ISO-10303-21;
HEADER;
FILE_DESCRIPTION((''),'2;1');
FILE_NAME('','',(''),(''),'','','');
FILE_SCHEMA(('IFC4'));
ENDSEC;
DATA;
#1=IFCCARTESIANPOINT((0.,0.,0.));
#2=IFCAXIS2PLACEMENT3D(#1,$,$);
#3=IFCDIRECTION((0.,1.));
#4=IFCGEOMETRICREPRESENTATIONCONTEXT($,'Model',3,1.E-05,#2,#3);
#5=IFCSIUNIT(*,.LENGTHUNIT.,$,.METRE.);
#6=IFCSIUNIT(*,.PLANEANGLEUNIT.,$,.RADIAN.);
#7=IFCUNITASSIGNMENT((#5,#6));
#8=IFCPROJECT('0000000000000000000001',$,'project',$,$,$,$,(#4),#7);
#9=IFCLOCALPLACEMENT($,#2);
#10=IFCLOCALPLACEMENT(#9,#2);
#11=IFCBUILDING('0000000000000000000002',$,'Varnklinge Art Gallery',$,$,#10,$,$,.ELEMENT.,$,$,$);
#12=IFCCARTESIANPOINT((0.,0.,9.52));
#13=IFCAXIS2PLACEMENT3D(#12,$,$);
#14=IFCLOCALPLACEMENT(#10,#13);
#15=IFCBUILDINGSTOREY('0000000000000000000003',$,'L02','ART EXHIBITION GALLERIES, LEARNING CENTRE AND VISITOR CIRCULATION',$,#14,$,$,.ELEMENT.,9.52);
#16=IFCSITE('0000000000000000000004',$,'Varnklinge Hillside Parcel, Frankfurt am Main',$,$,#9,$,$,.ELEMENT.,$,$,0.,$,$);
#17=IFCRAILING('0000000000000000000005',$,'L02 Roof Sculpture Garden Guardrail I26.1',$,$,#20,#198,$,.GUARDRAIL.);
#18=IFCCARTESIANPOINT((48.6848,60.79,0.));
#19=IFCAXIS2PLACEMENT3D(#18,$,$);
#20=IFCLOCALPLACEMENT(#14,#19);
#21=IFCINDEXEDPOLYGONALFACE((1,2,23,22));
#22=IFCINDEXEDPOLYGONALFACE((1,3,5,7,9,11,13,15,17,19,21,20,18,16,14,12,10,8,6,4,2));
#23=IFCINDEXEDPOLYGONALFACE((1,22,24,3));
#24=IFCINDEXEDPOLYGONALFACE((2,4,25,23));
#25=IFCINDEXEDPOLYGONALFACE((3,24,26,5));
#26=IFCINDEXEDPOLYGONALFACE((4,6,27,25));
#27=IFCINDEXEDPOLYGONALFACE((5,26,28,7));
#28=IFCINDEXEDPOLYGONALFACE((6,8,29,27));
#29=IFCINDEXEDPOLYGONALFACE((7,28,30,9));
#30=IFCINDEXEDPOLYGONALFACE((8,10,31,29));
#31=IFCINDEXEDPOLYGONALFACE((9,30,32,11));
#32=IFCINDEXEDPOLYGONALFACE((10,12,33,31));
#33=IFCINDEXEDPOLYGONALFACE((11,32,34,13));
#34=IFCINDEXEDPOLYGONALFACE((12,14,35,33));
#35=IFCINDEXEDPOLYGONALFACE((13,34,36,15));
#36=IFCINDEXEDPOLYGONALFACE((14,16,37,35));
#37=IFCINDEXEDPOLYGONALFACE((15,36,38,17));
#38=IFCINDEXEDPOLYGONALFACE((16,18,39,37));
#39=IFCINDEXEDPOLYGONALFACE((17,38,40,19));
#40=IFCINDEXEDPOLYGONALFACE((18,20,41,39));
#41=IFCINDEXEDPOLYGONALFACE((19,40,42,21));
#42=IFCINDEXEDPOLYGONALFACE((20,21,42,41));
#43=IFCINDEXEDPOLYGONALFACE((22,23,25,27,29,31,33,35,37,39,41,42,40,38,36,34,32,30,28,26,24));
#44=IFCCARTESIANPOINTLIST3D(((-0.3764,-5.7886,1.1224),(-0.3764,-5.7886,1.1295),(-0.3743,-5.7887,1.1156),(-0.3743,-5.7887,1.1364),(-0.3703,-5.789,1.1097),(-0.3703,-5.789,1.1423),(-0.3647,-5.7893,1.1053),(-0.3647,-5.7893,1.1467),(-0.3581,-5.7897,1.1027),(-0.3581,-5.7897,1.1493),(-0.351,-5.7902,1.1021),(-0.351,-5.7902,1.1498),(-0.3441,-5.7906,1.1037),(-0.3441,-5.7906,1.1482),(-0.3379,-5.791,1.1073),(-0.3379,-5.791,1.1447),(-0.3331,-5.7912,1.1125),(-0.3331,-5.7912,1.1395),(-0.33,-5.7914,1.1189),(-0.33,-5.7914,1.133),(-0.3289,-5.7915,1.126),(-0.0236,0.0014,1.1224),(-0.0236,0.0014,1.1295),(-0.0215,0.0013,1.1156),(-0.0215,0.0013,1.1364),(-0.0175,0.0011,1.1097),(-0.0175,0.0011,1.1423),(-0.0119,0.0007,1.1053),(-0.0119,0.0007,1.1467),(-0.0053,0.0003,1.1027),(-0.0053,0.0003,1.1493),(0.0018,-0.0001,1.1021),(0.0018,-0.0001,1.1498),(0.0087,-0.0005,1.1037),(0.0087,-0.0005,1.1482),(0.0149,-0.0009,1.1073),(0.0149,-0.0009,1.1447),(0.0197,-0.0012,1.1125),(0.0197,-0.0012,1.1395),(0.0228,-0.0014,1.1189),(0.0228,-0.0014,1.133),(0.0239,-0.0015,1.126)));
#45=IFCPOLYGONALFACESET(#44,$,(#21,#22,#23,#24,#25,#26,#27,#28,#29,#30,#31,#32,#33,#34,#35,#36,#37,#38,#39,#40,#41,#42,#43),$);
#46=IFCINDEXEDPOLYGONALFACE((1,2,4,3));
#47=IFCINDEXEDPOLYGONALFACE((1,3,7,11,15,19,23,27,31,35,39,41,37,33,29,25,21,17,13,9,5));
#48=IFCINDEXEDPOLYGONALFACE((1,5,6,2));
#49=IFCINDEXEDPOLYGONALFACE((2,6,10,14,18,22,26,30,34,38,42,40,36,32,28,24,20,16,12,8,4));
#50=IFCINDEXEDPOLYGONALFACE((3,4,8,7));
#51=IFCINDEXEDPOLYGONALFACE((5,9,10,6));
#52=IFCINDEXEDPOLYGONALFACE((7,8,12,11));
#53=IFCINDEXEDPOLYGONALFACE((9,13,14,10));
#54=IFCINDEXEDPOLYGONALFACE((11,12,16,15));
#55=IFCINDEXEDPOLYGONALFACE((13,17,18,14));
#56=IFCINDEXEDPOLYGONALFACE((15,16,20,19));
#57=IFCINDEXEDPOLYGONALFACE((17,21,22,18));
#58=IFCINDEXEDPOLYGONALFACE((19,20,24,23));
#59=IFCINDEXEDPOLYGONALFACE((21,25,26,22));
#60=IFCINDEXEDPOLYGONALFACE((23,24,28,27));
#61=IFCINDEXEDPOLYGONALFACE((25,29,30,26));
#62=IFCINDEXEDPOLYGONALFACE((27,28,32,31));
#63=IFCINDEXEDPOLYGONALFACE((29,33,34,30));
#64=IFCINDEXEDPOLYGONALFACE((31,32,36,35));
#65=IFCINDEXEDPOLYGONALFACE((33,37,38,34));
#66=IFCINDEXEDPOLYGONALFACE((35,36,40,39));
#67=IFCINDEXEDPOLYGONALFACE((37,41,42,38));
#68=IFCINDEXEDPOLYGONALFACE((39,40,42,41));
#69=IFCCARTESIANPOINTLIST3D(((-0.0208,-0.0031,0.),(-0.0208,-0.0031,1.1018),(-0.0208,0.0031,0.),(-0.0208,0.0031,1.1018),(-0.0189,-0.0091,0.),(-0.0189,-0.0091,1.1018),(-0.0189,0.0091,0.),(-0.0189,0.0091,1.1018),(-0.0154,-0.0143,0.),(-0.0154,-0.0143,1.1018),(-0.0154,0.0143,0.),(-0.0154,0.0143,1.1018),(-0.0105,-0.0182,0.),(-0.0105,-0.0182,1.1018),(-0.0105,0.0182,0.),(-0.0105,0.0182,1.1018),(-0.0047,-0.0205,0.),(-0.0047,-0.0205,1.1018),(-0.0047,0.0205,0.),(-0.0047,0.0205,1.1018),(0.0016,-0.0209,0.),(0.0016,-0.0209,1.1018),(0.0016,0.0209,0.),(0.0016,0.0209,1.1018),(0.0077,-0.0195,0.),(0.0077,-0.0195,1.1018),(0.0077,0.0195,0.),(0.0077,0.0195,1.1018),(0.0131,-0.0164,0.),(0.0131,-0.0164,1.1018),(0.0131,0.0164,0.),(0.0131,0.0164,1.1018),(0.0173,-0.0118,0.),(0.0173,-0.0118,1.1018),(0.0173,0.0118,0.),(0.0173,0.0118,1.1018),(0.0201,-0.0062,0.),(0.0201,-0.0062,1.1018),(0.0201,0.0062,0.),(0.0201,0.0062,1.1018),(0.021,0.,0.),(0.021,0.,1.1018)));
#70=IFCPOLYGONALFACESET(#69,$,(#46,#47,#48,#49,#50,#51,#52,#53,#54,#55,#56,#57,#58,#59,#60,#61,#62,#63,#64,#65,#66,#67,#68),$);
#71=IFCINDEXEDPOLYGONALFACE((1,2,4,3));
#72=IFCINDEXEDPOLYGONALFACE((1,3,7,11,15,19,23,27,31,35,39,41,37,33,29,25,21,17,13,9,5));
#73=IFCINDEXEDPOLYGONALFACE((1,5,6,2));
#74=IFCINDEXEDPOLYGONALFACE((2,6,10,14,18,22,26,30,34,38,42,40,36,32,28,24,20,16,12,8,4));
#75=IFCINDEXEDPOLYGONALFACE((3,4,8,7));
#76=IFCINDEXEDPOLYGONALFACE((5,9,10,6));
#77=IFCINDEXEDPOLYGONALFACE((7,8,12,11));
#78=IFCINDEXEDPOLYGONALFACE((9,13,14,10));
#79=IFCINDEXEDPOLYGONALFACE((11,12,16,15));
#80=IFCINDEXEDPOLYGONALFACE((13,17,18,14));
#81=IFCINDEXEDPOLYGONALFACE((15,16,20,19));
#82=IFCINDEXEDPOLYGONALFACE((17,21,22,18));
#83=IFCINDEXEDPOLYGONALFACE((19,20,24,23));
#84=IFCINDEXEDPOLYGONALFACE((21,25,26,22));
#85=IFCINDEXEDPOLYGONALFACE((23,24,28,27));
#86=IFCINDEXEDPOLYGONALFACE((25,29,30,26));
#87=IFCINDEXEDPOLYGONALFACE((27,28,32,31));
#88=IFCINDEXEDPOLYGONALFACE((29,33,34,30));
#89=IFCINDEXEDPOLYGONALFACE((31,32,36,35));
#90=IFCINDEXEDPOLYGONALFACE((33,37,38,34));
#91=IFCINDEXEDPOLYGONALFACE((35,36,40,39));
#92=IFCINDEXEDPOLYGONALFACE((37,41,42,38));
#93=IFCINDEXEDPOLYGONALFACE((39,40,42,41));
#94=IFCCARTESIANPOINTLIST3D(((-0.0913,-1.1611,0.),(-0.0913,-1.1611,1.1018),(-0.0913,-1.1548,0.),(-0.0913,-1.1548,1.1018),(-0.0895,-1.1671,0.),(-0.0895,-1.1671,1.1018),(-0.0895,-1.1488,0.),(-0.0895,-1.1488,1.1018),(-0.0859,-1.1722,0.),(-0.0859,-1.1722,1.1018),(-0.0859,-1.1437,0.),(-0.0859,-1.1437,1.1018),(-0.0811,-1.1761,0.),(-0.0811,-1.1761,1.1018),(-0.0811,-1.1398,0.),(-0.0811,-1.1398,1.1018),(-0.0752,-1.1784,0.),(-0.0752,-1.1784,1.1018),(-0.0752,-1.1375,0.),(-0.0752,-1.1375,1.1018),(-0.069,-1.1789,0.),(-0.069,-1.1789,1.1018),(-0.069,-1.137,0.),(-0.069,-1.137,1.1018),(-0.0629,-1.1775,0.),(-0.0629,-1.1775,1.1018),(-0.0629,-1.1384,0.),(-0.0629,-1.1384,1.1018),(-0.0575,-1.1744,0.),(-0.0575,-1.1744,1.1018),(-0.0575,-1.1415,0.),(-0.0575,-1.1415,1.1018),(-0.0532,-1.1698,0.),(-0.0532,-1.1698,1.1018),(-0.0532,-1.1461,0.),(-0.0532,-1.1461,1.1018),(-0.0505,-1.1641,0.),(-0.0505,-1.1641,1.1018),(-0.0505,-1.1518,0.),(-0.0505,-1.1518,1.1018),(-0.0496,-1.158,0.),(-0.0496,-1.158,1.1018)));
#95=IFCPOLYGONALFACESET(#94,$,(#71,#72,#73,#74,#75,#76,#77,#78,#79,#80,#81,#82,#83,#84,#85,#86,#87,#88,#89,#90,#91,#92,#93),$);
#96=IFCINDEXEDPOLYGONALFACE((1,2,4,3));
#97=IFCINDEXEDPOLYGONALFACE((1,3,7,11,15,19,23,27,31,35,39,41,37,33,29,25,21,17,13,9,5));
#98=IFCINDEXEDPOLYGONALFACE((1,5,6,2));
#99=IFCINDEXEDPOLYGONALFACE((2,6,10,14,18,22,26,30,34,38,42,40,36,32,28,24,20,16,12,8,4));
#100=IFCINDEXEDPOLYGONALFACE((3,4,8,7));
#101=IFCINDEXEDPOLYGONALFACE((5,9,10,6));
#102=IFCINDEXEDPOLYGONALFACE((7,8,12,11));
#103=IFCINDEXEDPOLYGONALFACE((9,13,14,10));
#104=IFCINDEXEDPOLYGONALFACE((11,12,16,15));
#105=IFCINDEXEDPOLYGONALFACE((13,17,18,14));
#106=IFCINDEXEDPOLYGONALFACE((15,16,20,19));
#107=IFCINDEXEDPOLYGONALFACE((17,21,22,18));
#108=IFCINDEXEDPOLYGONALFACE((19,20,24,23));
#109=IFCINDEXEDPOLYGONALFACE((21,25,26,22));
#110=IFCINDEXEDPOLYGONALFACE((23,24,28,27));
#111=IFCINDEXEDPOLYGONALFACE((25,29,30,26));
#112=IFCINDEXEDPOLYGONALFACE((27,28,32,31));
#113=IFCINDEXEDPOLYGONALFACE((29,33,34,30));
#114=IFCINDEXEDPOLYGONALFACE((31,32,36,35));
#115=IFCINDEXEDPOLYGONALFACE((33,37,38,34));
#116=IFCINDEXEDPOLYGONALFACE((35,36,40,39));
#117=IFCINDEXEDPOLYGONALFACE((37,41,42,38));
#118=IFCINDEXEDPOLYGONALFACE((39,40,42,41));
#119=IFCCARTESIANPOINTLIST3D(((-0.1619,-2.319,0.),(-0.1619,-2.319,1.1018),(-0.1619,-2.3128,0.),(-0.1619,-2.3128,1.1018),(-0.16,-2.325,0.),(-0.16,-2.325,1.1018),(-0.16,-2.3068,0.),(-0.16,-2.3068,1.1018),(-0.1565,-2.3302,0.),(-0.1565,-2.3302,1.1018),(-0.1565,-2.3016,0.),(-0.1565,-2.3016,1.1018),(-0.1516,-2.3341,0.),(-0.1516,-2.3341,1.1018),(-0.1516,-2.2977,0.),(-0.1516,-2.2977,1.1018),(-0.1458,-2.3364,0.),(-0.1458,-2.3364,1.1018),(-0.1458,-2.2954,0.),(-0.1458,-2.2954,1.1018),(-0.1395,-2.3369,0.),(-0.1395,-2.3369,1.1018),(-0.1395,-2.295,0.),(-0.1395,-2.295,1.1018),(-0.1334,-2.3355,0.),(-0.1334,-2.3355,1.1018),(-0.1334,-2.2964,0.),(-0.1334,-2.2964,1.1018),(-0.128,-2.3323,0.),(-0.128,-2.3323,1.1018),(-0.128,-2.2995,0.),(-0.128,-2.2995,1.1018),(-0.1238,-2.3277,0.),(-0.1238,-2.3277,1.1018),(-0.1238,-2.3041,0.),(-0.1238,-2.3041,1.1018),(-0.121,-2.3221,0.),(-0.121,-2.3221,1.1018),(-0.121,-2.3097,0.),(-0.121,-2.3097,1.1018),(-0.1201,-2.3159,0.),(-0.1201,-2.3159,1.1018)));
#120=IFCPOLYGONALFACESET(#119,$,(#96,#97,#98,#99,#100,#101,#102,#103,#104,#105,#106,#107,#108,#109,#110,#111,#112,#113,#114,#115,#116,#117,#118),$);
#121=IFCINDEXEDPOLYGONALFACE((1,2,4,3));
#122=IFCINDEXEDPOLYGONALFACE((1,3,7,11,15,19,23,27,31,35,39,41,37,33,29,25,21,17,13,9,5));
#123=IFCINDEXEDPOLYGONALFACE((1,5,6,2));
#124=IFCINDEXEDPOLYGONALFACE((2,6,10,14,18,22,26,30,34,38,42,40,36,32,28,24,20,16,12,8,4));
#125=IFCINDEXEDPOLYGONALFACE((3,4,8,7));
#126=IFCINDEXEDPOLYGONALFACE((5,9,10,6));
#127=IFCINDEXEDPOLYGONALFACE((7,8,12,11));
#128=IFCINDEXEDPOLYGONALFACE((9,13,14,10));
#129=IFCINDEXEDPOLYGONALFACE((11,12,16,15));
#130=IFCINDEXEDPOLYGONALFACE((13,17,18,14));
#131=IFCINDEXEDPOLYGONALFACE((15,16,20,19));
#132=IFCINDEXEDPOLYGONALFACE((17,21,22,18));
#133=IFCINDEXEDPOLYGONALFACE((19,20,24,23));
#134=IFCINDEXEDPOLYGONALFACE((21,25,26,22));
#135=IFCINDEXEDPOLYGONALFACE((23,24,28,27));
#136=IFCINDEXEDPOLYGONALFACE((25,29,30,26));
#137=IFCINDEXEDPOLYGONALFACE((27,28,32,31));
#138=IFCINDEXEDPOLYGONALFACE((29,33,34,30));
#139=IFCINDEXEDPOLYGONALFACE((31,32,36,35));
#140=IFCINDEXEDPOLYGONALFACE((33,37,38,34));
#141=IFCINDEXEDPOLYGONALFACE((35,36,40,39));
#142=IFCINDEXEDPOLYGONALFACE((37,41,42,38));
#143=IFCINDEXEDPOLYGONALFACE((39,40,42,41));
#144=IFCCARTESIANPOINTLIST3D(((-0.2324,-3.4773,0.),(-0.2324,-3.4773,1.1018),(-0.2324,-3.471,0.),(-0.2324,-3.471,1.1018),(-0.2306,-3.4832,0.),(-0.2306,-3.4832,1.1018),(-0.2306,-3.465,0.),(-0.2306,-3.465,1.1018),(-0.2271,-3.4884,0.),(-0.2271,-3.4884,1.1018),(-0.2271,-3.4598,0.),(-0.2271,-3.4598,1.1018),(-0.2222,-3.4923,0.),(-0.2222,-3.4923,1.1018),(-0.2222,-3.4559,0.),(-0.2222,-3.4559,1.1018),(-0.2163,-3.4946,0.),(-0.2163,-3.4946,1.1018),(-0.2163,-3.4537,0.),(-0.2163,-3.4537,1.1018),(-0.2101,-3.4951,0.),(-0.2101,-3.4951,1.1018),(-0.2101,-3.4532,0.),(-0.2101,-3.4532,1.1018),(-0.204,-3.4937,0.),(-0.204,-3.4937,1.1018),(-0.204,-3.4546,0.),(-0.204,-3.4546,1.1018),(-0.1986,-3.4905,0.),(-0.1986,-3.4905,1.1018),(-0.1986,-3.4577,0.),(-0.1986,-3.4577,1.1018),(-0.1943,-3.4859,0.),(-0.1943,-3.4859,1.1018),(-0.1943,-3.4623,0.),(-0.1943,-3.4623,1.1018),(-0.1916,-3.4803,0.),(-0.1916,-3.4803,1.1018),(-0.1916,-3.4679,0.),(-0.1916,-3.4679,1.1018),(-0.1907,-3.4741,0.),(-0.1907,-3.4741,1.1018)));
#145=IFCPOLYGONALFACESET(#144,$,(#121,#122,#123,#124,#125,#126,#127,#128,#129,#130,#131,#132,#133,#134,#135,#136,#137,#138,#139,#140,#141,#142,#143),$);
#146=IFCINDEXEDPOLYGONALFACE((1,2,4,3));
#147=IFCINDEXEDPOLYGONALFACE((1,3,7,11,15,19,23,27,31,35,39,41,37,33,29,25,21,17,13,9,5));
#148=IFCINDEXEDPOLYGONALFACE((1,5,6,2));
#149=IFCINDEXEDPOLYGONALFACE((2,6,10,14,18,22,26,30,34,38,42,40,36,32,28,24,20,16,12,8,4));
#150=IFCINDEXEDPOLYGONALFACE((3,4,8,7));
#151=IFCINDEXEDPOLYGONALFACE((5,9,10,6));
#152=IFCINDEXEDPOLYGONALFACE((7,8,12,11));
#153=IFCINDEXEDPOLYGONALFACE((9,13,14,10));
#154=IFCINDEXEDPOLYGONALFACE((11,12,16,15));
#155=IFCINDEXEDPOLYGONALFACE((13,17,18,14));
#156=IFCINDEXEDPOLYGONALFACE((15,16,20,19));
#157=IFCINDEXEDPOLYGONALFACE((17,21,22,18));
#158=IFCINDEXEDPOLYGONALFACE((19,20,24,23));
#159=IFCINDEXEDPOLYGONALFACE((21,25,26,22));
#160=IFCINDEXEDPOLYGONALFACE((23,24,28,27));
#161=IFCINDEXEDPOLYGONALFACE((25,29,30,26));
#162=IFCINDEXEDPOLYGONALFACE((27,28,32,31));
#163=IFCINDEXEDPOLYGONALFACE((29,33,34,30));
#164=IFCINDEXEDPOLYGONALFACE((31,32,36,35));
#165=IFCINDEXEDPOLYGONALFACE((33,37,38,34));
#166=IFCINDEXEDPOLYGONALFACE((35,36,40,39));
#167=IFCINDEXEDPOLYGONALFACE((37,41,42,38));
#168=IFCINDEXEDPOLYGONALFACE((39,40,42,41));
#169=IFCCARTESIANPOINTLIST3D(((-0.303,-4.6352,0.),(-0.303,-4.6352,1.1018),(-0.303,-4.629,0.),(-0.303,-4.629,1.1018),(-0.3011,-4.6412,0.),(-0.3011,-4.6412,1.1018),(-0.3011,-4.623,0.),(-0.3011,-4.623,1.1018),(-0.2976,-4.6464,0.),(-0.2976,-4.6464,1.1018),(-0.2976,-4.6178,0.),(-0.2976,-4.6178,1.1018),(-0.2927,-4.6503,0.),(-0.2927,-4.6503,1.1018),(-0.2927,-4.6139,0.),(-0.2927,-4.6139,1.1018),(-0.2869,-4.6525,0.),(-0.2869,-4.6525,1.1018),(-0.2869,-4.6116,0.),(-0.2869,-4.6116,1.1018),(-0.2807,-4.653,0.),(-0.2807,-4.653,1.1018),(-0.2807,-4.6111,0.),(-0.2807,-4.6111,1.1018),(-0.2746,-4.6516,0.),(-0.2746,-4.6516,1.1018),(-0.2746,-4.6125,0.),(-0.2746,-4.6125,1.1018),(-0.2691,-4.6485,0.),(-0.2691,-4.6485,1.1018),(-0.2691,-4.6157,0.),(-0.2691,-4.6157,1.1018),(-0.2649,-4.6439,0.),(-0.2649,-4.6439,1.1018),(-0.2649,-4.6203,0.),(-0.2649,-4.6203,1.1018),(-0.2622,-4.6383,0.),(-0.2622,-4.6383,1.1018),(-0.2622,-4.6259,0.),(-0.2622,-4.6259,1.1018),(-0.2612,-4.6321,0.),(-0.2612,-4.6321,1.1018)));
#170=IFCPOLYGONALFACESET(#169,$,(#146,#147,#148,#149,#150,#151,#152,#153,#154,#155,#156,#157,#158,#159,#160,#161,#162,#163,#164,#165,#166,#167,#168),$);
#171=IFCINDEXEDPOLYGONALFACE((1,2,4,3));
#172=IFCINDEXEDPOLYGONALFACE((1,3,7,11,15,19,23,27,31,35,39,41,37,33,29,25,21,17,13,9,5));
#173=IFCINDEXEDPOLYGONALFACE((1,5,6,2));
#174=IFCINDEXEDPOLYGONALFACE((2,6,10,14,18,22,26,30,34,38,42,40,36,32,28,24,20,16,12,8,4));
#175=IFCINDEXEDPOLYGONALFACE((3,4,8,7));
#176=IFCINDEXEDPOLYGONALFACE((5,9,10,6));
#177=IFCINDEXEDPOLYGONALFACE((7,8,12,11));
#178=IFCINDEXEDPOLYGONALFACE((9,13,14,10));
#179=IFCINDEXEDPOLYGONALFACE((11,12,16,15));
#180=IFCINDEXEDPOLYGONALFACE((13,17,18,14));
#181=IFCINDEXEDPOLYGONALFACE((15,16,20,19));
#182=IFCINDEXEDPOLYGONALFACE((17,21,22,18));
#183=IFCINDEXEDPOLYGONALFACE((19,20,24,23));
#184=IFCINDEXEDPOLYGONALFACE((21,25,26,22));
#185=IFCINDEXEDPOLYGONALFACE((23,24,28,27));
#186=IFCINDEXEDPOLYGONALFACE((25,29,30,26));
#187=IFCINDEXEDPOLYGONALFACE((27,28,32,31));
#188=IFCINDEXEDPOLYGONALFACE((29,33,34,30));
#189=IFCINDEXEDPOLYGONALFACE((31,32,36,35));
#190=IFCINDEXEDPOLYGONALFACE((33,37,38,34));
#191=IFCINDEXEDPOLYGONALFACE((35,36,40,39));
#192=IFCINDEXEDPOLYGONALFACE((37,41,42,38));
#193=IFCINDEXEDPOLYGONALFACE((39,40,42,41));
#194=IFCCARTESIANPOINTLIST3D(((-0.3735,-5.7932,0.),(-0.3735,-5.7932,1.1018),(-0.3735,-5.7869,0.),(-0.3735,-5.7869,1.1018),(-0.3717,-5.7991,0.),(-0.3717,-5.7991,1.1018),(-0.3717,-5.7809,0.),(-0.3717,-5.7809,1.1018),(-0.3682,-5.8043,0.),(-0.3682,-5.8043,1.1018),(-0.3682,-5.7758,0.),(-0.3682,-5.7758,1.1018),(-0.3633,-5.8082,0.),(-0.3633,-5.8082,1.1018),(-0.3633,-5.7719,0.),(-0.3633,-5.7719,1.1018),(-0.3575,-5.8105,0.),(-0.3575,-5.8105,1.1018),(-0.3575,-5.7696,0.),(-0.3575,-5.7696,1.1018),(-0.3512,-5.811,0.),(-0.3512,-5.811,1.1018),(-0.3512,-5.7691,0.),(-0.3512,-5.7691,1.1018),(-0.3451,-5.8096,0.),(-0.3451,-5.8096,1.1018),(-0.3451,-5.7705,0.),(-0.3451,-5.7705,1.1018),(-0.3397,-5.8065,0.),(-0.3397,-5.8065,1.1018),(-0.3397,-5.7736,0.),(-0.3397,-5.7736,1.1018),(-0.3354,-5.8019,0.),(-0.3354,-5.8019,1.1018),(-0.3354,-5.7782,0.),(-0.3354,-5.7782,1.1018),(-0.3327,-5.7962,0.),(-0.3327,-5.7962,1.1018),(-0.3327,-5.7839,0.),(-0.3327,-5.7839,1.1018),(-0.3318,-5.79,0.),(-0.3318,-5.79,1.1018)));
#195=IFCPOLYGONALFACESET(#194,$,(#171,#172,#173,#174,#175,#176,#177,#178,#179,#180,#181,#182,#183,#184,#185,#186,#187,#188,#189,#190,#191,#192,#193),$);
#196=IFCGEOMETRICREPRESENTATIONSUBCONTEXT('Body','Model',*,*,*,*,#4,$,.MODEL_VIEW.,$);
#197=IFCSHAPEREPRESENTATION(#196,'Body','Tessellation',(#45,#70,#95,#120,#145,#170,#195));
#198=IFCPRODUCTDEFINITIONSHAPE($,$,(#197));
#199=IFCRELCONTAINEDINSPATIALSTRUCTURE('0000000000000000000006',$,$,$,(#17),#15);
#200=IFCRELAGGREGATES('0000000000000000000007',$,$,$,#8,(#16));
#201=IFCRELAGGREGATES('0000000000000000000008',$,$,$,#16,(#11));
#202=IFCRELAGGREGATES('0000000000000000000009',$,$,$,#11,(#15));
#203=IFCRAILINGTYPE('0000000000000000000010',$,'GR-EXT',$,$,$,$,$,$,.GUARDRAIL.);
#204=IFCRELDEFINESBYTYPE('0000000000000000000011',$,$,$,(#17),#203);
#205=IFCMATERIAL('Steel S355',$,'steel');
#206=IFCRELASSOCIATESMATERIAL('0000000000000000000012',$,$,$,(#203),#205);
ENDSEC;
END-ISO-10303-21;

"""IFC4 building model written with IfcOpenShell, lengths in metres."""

from ifc_helpers import new_model, si_unit, direction, frame, origin, origin_2d, place, context, subcontext, project, spatial, circle, extrude, material, type_object, element, save


model = new_model("IFC4")

# Units and contexts
model_context = context("Model", 3, precision=1e-05, world=origin(), true_north=direction((0.0, 1.0)))
body_context = subcontext(model_context, "Body", "Model", "MODEL_VIEW")
ifc_project = project(units=[si_unit("LENGTHUNIT", "METRE"), si_unit("PLANEANGLEUNIT", "RADIAN")], contexts=[model_context])

# Site, building, storey
site_placement = place(None, origin())
site = spatial("IfcSite", under=ifc_project, at=site_placement, Name="Varnklinge Hillside Parcel, Frankfurt am Main", CompositionType="ELEMENT", RefElevation=0.0)
building_placement = place(site_placement, origin())
building = spatial("IfcBuilding", under=site, at=building_placement, Name="Varnklinge Art Gallery", CompositionType="ELEMENT")
storey_placement = place(building_placement, frame((0.0, 0.0, 9.52)))
storey = spatial("IfcBuildingStorey", under=building, at=storey_placement, Name="L02", Description="ART EXHIBITION GALLERIES, LEARNING CENTRE AND VISITOR CIRCULATION", CompositionType="ELEMENT", Elevation=9.52)

# Railing
ifc_material_1 = material(Name="Steel S355", Category="steel")
railing_type = type_object("IfcRailingType", Name="GR-EXT", PredefinedType="GUARDRAIL", material=ifc_material_1)
railing_1_placement = place(storey_placement, frame((48.6848, 60.79, 0.0)))
element("IfcRailing", 1, at=railing_1_placement, inside=storey, type_object=railing_type, Name="L02 Roof Sculpture Garden Guardrail I26.1", PredefinedType="GUARDRAIL", context=body_context, shape_type="SweptSolid", body=[
    extrude(circle(Radius=0.0239, at=origin_2d()), frame((0.0, 0.0, 1.126), z_axis=(-0.060817, -0.998149, 0.0), x_axis=(0.998149, -0.060817, 0.0)), (0.0, 0.0, 1.0), 5.8008),
    extrude(circle(Radius=0.021, at=origin_2d()), origin(), (0.0, 0.0, 1.0), 1.1018),
    extrude(circle(Radius=0.021, at=origin_2d()), frame((-0.0706, -1.158, 0.0)), (0.0, 0.0, 1.0), 1.1018),
    extrude(circle(Radius=0.021, at=origin_2d()), frame((-0.1411, -2.3159, 0.0)), (0.0, 0.0, 1.0), 1.1018),
    extrude(circle(Radius=0.021, at=origin_2d()), frame((-0.2117, -3.4741, 0.0)), (0.0, 0.0, 1.0), 1.1018),
    extrude(circle(Radius=0.021, at=origin_2d()), frame((-0.2822, -4.6321, 0.0)), (0.0, 0.0, 1.0), 1.1018),
    extrude(circle(Radius=0.021, at=origin_2d()), frame((-0.3528, -5.79, 0.0)), (0.0, 0.0, 1.0), 1.1018),
])

save(model, "model.ifc")
